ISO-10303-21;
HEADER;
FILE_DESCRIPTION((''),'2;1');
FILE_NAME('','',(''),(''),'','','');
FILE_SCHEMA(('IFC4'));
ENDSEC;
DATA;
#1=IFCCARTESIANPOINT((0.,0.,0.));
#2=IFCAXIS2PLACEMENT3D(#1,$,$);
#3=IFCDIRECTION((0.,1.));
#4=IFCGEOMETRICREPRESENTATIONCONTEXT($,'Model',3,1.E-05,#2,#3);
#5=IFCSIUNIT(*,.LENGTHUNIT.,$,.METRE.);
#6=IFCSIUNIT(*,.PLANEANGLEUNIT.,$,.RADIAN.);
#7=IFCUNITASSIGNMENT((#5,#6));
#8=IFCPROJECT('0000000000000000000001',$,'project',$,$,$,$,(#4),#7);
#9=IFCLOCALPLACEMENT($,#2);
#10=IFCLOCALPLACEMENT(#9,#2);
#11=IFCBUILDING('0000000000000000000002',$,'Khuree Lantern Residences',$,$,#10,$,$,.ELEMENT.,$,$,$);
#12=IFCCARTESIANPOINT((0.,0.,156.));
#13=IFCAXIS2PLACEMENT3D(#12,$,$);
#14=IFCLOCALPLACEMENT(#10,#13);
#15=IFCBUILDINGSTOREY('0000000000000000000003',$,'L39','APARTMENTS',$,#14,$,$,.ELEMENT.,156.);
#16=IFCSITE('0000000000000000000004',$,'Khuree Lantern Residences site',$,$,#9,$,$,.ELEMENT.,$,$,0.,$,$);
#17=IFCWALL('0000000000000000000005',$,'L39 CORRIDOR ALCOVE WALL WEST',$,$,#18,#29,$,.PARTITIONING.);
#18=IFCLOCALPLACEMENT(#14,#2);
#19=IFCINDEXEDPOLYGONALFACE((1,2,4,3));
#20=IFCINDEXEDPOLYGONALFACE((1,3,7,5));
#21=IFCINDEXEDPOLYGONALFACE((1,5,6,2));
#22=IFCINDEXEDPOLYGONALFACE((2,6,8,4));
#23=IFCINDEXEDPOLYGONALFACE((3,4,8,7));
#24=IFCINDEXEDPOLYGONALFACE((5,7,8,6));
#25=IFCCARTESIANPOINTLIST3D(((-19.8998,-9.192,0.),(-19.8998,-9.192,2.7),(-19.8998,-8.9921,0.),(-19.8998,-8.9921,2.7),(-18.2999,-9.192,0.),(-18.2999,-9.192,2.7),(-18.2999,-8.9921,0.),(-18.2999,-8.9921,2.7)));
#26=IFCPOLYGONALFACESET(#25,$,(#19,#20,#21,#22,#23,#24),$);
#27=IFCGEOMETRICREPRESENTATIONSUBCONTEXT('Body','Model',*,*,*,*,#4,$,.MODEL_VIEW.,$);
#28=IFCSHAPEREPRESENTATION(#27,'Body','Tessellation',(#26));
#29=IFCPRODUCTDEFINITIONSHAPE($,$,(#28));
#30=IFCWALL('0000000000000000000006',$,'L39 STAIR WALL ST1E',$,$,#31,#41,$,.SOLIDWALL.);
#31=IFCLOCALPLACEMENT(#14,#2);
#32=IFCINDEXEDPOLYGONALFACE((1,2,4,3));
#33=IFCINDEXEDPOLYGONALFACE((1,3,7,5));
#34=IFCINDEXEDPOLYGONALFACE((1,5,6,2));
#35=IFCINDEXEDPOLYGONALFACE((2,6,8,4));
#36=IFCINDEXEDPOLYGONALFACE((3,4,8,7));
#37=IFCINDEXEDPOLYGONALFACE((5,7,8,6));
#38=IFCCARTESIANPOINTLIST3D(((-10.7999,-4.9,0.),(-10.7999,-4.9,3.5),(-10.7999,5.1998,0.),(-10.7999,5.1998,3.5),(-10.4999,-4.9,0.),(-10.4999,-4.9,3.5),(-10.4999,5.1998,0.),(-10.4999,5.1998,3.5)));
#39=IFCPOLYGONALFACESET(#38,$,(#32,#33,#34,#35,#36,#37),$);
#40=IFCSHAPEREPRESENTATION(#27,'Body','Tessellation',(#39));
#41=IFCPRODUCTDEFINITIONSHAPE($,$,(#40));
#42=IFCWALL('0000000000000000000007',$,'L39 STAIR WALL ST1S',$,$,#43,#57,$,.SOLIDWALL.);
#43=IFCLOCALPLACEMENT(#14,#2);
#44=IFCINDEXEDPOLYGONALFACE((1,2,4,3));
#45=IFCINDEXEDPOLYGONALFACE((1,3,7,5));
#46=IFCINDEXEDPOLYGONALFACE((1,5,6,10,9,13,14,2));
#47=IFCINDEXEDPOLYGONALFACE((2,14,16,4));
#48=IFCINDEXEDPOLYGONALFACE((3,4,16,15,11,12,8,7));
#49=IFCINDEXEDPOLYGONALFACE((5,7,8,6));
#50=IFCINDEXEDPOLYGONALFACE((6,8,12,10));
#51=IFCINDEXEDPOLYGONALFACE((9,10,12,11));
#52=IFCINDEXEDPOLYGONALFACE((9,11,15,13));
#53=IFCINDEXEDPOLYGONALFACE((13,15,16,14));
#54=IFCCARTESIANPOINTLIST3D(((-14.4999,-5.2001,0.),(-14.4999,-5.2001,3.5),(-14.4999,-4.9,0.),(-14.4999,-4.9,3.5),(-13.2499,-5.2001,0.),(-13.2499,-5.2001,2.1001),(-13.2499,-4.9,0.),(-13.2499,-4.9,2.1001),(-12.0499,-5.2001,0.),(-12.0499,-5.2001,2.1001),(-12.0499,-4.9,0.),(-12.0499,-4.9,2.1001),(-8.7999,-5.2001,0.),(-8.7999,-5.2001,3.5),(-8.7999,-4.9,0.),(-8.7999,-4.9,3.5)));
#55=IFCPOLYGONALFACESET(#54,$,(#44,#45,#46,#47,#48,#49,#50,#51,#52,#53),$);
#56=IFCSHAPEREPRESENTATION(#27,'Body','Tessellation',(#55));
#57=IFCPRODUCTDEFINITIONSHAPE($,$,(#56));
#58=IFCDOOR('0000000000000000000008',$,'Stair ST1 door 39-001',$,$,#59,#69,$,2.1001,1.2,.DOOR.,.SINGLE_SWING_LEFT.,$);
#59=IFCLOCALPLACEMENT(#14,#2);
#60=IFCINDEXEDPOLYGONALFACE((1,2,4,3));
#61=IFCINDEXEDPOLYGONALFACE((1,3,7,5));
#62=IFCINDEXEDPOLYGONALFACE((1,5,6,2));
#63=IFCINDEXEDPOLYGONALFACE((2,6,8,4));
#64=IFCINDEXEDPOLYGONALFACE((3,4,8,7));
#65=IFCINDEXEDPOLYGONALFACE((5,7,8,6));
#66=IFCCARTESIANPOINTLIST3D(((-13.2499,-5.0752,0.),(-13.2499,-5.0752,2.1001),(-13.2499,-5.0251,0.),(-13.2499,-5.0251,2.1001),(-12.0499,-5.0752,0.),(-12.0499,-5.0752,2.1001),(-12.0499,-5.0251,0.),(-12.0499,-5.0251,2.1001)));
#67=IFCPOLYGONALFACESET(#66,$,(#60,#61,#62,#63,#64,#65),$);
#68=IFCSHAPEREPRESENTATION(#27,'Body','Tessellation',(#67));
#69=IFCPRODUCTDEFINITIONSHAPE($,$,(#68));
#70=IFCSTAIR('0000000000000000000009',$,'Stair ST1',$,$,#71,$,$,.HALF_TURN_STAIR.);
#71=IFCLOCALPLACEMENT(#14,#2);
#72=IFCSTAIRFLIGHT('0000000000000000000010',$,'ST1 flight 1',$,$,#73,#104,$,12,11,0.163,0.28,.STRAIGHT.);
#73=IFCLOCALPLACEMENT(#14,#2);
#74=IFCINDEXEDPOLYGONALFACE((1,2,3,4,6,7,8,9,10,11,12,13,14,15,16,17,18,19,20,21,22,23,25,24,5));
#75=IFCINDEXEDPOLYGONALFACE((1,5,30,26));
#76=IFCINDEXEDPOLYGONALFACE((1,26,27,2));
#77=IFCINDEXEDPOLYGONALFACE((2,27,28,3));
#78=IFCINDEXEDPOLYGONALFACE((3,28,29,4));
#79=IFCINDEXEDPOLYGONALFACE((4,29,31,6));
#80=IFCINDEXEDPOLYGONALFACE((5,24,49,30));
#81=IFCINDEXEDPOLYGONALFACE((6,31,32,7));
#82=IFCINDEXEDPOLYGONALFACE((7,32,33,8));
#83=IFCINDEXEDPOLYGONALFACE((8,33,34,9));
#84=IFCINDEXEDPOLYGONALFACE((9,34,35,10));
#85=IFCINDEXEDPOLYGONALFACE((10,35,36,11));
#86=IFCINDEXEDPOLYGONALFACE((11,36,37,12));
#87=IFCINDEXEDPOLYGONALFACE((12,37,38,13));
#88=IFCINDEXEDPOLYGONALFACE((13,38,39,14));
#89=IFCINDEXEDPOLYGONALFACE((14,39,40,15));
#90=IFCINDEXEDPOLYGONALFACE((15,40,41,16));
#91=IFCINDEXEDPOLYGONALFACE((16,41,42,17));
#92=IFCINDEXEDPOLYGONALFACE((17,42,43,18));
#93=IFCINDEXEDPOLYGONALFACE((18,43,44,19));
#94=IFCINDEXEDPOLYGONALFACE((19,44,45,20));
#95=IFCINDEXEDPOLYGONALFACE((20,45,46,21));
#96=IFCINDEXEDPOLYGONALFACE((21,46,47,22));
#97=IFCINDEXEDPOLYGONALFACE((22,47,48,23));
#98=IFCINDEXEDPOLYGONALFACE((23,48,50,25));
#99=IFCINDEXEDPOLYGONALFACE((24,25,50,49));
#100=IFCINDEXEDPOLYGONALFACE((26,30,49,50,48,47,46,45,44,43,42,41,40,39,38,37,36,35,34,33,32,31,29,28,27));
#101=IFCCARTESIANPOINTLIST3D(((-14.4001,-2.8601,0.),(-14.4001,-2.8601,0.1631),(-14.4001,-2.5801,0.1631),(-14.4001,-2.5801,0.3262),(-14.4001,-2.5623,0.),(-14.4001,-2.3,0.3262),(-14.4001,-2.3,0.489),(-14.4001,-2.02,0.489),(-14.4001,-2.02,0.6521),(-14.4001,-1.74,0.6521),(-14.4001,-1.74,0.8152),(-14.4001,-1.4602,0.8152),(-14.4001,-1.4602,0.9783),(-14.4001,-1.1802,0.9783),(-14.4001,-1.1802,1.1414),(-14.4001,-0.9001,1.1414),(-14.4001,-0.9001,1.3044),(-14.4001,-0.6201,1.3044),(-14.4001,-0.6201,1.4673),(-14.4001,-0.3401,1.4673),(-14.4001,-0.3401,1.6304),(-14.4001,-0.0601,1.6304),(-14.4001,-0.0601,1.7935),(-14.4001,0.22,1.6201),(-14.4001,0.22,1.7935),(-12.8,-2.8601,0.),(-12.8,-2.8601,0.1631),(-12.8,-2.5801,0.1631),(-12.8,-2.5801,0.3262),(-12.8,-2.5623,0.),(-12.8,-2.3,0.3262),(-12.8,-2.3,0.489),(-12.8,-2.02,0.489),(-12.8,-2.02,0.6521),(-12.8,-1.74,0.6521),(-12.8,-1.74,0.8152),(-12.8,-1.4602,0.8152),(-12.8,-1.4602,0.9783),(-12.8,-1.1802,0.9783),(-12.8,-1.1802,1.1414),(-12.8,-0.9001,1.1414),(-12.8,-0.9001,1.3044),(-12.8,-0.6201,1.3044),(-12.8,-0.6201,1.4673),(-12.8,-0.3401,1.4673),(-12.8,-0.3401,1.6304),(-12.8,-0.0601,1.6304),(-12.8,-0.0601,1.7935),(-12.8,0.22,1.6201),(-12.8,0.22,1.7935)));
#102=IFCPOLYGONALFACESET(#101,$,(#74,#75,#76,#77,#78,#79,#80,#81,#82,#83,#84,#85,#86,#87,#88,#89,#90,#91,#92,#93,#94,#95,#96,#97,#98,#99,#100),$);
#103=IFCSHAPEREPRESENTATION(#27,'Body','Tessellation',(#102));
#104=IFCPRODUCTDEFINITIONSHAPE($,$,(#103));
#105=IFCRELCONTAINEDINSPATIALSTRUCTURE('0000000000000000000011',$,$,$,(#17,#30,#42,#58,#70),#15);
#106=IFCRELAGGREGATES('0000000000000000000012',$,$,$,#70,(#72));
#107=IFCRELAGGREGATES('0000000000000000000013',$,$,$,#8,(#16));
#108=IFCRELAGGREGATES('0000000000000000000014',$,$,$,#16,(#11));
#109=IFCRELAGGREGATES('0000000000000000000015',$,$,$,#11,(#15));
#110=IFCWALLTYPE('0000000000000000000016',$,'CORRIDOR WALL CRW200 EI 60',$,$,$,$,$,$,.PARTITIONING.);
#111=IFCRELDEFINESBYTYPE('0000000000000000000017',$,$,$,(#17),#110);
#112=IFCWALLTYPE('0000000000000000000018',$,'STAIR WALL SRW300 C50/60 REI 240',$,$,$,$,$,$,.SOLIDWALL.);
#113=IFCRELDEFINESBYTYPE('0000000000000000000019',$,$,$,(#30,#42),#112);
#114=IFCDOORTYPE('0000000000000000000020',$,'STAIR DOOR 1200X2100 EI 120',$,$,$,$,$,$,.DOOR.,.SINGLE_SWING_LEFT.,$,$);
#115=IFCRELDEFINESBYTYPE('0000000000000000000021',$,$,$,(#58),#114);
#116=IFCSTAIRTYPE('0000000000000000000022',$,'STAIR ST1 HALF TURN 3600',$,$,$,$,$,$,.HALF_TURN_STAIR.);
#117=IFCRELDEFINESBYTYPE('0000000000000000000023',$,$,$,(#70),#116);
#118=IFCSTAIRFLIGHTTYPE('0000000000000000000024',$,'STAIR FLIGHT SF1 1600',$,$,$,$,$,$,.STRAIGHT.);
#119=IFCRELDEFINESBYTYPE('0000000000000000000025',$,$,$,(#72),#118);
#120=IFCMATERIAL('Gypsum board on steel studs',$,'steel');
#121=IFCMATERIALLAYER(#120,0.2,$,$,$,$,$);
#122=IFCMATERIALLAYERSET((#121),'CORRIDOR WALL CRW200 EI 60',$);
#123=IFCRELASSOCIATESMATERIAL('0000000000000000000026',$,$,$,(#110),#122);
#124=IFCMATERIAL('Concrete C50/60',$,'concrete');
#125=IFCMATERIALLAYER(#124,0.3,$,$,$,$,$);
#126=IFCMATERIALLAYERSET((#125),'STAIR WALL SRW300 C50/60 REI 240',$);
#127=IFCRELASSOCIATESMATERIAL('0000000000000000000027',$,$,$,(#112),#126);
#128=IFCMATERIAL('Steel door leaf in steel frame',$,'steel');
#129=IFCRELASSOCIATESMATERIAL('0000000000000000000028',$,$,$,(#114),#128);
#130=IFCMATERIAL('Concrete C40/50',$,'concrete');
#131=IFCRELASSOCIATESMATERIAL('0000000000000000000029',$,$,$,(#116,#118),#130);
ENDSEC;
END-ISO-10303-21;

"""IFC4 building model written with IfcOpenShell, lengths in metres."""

from ifc_helpers import new_model, si_unit, direction, frame, frame_2d, origin, place, context, subcontext, project, spatial, polyline, rectangle, outline, extrude, material, layer, layer_set, type_object, element, fill, aggregate, save


model = new_model("IFC4")

# Units and contexts
model_context = context("Model", 3, precision=1e-05, world=origin(), true_north=direction((0.0, 1.0)))
body_context = subcontext(model_context, "Body", "Model", "MODEL_VIEW")
ifc_project = project(units=[si_unit("LENGTHUNIT", "METRE"), si_unit("PLANEANGLEUNIT", "RADIAN")], contexts=[model_context])

# Site, building, storey
site_placement = place(None, origin())
site = spatial("IfcSite", under=ifc_project, at=site_placement, Name="Khuree Lantern Residences site", CompositionType="ELEMENT", RefElevation=0.0)
building_placement = place(site_placement, origin())
building = spatial("IfcBuilding", under=site, at=building_placement, Name="Khuree Lantern Residences", CompositionType="ELEMENT")
storey_placement = place(building_placement, frame((0.0, 0.0, 156.0)))
storey = spatial("IfcBuildingStorey", under=building, at=storey_placement, Name="L39", Description="APARTMENTS", CompositionType="ELEMENT", Elevation=156.0)

# Shared definitions
ifc_material_1 = material(Name="Steel door leaf in steel frame", Category="steel")

# Walls
ifc_material_2 = material(Name="Gypsum board on steel studs", Category="steel")
ifc_layer_1 = layer(ifc_material_2, 0.2)
ifc_layer_set_1 = layer_set([ifc_layer_1], Name="CORRIDOR WALL CRW200 EI 60")
wall_type_1 = type_object("IfcWallType", Name="CORRIDOR WALL CRW200 EI 60", PredefinedType="PARTITIONING", material=ifc_layer_set_1)
wall_1_placement = place(storey_placement, frame((-18.3, -9.092, 0.0), z_axis=(0.0, 0.0, 1.0), x_axis=(-1.0, 0.0, 0.0)))
element("IfcWall", 1, at=wall_1_placement, inside=storey, type_object=wall_type_1, Name="L39 CORRIDOR ALCOVE WALL WEST", PredefinedType="PARTITIONING", context=body_context, shape_type="SweptSolid", body=[
    extrude(rectangle(XDim=1.5999, YDim=0.2, at=frame_2d((0.7998, 0.0))), origin(), (0.0, 0.0, 1.0), 2.7),
])
ifc_material_3 = material(Name="Concrete C50/60", Category="concrete")
ifc_layer_2 = layer(ifc_material_3, 0.3)
ifc_layer_set_2 = layer_set([ifc_layer_2], Name="STAIR WALL SRW300 C50/60 REI 240")
wall_type_2 = type_object("IfcWallType", Name="STAIR WALL SRW300 C50/60 REI 240", PredefinedType="SOLIDWALL", material=ifc_layer_set_2)
wall_2_placement = place(storey_placement, frame((-10.6499, -4.8999, 0.0), z_axis=(0.0, 0.0, 1.0), x_axis=(0.0, 1.0, 0.0)))
element("IfcWall", 2, at=wall_2_placement, inside=storey, type_object=wall_type_2, Name="L39 STAIR WALL ST1E", PredefinedType="SOLIDWALL", context=body_context, shape_type="SweptSolid", body=[
    extrude(rectangle(XDim=10.0999, YDim=0.3, at=frame_2d((5.0498, 0.0))), origin(), (0.0, 0.0, 1.0), 3.5),
])

# Wall, opening, door
wall_3_placement = place(storey_placement, frame((-14.5, -5.05, 0.0), z_axis=(0.0, 0.0, 1.0), x_axis=(1.0, 0.0, 0.0)))
wall_3 = element("IfcWall", 3, at=wall_3_placement, inside=storey, type_object=wall_type_2, Name="L39 STAIR WALL ST1S", PredefinedType="SOLIDWALL", context=body_context, shape_type="SweptSolid", body=[
    extrude(rectangle(XDim=5.7, YDim=0.3, at=frame_2d((2.8501, 0.0))), origin(), (0.0, 0.0, 1.0), 3.5),
])
opening_1_placement = place(wall_3_placement, frame((1.25, 0.0, 0.0)))
opening_1 = element("IfcOpeningElement", 4, at=opening_1_placement, cuts=wall_3, PredefinedType="OPENING", context=body_context, shape_type="SweptSolid", body=[
    extrude(rectangle(XDim=1.2, YDim=2.1001, at=frame_2d((0.6001, 1.05))), frame((0.0, 0.1602, 0.0), z_axis=(0.0, -1.0, 0.0), x_axis=(1.0, 0.0, 0.0)), (0.0, 0.0, 1.0), 0.3201),
])
door_type_1 = type_object("IfcDoorType", Name="STAIR DOOR 1200X2100 EI 120", OperationType="SINGLE_SWING_LEFT", PredefinedType="DOOR", material=ifc_material_1)
door_1_placement = place(opening_1_placement, origin())
door_1 = element("IfcDoor", 5, at=door_1_placement, inside=storey, type_object=door_type_1, Name="Stair ST1 door 39-001", OperationType="SINGLE_SWING_LEFT", OverallHeight=2.1001, OverallWidth=1.2, PredefinedType="DOOR", context=body_context, shape_type="SweptSolid", body=[
    extrude(rectangle(XDim=1.2, YDim=2.1001, at=frame_2d((0.6001, 1.05))), frame((0.0, 0.0249, 0.0), z_axis=(0.0, -1.0, 0.0), x_axis=(1.0, 0.0, 0.0)), (0.0, 0.0, 1.0), 0.05),
])
fill(opening_1, door_1)

# Stair, stair flight
ifc_material_4 = material(Name="Concrete C40/50", Category="concrete")
stair_type = type_object("IfcStairType", Name="STAIR ST1 HALF TURN 3600", PredefinedType="HALF_TURN_STAIR", material=ifc_material_4)
stair_placement = place(storey_placement, origin())
stair = element("IfcStair", 6, at=stair_placement, inside=storey, type_object=stair_type, Name="Stair ST1", PredefinedType="HALF_TURN_STAIR")
stair_flight_type = type_object("IfcStairFlightType", Name="STAIR FLIGHT SF1 1600", PredefinedType="STRAIGHT", material=ifc_material_4)
stair_flight_placement = place(storey_placement, frame((-13.6001, -2.8601, 0.0), z_axis=(0.0, 0.0, 1.0), x_axis=(0.0, 1.0, 0.0)))
stair_flight = element("IfcStairFlight", 7, at=stair_flight_placement, type_object=stair_flight_type, Name="ST1 flight 1", NumberOfRisers=12, NumberOfTreads=11, PredefinedType="STRAIGHT", RiserHeight=0.163, TreadLength=0.28, context=body_context, shape_type="SweptSolid", body=[
    extrude(outline(polyline([(0.0, 0.0), (0.0, 0.1631), (0.28, 0.1631), (0.28, 0.3262), (0.5601, 0.3262), (0.5601, 0.489), (0.8401, 0.489), (0.8401, 0.6521), (1.1201, 0.6521), (1.1201, 0.8152), (1.3999, 0.8152), (1.3999, 0.9783), (1.6799, 0.9783), (1.6799, 1.1414), (1.96, 1.1414), (1.96, 1.3044), (2.24, 1.3044), (2.24, 1.4673), (2.52, 1.4673), (2.52, 1.6304), (2.8, 1.6304), (2.8, 1.7935), (3.0801, 1.7935), (3.0801, 1.9565), (3.0801, 1.6201), (0.2979, 0.0), (0.0, 0.0)])), frame((0.0, 0.8, 0.0), z_axis=(0.0, -1.0, 0.0), x_axis=(1.0, 0.0, 0.0)), (0.0, 0.0, 1.0), 1.6001),
])
aggregate(stair, [stair_flight])

save(model, "model.ifc")
